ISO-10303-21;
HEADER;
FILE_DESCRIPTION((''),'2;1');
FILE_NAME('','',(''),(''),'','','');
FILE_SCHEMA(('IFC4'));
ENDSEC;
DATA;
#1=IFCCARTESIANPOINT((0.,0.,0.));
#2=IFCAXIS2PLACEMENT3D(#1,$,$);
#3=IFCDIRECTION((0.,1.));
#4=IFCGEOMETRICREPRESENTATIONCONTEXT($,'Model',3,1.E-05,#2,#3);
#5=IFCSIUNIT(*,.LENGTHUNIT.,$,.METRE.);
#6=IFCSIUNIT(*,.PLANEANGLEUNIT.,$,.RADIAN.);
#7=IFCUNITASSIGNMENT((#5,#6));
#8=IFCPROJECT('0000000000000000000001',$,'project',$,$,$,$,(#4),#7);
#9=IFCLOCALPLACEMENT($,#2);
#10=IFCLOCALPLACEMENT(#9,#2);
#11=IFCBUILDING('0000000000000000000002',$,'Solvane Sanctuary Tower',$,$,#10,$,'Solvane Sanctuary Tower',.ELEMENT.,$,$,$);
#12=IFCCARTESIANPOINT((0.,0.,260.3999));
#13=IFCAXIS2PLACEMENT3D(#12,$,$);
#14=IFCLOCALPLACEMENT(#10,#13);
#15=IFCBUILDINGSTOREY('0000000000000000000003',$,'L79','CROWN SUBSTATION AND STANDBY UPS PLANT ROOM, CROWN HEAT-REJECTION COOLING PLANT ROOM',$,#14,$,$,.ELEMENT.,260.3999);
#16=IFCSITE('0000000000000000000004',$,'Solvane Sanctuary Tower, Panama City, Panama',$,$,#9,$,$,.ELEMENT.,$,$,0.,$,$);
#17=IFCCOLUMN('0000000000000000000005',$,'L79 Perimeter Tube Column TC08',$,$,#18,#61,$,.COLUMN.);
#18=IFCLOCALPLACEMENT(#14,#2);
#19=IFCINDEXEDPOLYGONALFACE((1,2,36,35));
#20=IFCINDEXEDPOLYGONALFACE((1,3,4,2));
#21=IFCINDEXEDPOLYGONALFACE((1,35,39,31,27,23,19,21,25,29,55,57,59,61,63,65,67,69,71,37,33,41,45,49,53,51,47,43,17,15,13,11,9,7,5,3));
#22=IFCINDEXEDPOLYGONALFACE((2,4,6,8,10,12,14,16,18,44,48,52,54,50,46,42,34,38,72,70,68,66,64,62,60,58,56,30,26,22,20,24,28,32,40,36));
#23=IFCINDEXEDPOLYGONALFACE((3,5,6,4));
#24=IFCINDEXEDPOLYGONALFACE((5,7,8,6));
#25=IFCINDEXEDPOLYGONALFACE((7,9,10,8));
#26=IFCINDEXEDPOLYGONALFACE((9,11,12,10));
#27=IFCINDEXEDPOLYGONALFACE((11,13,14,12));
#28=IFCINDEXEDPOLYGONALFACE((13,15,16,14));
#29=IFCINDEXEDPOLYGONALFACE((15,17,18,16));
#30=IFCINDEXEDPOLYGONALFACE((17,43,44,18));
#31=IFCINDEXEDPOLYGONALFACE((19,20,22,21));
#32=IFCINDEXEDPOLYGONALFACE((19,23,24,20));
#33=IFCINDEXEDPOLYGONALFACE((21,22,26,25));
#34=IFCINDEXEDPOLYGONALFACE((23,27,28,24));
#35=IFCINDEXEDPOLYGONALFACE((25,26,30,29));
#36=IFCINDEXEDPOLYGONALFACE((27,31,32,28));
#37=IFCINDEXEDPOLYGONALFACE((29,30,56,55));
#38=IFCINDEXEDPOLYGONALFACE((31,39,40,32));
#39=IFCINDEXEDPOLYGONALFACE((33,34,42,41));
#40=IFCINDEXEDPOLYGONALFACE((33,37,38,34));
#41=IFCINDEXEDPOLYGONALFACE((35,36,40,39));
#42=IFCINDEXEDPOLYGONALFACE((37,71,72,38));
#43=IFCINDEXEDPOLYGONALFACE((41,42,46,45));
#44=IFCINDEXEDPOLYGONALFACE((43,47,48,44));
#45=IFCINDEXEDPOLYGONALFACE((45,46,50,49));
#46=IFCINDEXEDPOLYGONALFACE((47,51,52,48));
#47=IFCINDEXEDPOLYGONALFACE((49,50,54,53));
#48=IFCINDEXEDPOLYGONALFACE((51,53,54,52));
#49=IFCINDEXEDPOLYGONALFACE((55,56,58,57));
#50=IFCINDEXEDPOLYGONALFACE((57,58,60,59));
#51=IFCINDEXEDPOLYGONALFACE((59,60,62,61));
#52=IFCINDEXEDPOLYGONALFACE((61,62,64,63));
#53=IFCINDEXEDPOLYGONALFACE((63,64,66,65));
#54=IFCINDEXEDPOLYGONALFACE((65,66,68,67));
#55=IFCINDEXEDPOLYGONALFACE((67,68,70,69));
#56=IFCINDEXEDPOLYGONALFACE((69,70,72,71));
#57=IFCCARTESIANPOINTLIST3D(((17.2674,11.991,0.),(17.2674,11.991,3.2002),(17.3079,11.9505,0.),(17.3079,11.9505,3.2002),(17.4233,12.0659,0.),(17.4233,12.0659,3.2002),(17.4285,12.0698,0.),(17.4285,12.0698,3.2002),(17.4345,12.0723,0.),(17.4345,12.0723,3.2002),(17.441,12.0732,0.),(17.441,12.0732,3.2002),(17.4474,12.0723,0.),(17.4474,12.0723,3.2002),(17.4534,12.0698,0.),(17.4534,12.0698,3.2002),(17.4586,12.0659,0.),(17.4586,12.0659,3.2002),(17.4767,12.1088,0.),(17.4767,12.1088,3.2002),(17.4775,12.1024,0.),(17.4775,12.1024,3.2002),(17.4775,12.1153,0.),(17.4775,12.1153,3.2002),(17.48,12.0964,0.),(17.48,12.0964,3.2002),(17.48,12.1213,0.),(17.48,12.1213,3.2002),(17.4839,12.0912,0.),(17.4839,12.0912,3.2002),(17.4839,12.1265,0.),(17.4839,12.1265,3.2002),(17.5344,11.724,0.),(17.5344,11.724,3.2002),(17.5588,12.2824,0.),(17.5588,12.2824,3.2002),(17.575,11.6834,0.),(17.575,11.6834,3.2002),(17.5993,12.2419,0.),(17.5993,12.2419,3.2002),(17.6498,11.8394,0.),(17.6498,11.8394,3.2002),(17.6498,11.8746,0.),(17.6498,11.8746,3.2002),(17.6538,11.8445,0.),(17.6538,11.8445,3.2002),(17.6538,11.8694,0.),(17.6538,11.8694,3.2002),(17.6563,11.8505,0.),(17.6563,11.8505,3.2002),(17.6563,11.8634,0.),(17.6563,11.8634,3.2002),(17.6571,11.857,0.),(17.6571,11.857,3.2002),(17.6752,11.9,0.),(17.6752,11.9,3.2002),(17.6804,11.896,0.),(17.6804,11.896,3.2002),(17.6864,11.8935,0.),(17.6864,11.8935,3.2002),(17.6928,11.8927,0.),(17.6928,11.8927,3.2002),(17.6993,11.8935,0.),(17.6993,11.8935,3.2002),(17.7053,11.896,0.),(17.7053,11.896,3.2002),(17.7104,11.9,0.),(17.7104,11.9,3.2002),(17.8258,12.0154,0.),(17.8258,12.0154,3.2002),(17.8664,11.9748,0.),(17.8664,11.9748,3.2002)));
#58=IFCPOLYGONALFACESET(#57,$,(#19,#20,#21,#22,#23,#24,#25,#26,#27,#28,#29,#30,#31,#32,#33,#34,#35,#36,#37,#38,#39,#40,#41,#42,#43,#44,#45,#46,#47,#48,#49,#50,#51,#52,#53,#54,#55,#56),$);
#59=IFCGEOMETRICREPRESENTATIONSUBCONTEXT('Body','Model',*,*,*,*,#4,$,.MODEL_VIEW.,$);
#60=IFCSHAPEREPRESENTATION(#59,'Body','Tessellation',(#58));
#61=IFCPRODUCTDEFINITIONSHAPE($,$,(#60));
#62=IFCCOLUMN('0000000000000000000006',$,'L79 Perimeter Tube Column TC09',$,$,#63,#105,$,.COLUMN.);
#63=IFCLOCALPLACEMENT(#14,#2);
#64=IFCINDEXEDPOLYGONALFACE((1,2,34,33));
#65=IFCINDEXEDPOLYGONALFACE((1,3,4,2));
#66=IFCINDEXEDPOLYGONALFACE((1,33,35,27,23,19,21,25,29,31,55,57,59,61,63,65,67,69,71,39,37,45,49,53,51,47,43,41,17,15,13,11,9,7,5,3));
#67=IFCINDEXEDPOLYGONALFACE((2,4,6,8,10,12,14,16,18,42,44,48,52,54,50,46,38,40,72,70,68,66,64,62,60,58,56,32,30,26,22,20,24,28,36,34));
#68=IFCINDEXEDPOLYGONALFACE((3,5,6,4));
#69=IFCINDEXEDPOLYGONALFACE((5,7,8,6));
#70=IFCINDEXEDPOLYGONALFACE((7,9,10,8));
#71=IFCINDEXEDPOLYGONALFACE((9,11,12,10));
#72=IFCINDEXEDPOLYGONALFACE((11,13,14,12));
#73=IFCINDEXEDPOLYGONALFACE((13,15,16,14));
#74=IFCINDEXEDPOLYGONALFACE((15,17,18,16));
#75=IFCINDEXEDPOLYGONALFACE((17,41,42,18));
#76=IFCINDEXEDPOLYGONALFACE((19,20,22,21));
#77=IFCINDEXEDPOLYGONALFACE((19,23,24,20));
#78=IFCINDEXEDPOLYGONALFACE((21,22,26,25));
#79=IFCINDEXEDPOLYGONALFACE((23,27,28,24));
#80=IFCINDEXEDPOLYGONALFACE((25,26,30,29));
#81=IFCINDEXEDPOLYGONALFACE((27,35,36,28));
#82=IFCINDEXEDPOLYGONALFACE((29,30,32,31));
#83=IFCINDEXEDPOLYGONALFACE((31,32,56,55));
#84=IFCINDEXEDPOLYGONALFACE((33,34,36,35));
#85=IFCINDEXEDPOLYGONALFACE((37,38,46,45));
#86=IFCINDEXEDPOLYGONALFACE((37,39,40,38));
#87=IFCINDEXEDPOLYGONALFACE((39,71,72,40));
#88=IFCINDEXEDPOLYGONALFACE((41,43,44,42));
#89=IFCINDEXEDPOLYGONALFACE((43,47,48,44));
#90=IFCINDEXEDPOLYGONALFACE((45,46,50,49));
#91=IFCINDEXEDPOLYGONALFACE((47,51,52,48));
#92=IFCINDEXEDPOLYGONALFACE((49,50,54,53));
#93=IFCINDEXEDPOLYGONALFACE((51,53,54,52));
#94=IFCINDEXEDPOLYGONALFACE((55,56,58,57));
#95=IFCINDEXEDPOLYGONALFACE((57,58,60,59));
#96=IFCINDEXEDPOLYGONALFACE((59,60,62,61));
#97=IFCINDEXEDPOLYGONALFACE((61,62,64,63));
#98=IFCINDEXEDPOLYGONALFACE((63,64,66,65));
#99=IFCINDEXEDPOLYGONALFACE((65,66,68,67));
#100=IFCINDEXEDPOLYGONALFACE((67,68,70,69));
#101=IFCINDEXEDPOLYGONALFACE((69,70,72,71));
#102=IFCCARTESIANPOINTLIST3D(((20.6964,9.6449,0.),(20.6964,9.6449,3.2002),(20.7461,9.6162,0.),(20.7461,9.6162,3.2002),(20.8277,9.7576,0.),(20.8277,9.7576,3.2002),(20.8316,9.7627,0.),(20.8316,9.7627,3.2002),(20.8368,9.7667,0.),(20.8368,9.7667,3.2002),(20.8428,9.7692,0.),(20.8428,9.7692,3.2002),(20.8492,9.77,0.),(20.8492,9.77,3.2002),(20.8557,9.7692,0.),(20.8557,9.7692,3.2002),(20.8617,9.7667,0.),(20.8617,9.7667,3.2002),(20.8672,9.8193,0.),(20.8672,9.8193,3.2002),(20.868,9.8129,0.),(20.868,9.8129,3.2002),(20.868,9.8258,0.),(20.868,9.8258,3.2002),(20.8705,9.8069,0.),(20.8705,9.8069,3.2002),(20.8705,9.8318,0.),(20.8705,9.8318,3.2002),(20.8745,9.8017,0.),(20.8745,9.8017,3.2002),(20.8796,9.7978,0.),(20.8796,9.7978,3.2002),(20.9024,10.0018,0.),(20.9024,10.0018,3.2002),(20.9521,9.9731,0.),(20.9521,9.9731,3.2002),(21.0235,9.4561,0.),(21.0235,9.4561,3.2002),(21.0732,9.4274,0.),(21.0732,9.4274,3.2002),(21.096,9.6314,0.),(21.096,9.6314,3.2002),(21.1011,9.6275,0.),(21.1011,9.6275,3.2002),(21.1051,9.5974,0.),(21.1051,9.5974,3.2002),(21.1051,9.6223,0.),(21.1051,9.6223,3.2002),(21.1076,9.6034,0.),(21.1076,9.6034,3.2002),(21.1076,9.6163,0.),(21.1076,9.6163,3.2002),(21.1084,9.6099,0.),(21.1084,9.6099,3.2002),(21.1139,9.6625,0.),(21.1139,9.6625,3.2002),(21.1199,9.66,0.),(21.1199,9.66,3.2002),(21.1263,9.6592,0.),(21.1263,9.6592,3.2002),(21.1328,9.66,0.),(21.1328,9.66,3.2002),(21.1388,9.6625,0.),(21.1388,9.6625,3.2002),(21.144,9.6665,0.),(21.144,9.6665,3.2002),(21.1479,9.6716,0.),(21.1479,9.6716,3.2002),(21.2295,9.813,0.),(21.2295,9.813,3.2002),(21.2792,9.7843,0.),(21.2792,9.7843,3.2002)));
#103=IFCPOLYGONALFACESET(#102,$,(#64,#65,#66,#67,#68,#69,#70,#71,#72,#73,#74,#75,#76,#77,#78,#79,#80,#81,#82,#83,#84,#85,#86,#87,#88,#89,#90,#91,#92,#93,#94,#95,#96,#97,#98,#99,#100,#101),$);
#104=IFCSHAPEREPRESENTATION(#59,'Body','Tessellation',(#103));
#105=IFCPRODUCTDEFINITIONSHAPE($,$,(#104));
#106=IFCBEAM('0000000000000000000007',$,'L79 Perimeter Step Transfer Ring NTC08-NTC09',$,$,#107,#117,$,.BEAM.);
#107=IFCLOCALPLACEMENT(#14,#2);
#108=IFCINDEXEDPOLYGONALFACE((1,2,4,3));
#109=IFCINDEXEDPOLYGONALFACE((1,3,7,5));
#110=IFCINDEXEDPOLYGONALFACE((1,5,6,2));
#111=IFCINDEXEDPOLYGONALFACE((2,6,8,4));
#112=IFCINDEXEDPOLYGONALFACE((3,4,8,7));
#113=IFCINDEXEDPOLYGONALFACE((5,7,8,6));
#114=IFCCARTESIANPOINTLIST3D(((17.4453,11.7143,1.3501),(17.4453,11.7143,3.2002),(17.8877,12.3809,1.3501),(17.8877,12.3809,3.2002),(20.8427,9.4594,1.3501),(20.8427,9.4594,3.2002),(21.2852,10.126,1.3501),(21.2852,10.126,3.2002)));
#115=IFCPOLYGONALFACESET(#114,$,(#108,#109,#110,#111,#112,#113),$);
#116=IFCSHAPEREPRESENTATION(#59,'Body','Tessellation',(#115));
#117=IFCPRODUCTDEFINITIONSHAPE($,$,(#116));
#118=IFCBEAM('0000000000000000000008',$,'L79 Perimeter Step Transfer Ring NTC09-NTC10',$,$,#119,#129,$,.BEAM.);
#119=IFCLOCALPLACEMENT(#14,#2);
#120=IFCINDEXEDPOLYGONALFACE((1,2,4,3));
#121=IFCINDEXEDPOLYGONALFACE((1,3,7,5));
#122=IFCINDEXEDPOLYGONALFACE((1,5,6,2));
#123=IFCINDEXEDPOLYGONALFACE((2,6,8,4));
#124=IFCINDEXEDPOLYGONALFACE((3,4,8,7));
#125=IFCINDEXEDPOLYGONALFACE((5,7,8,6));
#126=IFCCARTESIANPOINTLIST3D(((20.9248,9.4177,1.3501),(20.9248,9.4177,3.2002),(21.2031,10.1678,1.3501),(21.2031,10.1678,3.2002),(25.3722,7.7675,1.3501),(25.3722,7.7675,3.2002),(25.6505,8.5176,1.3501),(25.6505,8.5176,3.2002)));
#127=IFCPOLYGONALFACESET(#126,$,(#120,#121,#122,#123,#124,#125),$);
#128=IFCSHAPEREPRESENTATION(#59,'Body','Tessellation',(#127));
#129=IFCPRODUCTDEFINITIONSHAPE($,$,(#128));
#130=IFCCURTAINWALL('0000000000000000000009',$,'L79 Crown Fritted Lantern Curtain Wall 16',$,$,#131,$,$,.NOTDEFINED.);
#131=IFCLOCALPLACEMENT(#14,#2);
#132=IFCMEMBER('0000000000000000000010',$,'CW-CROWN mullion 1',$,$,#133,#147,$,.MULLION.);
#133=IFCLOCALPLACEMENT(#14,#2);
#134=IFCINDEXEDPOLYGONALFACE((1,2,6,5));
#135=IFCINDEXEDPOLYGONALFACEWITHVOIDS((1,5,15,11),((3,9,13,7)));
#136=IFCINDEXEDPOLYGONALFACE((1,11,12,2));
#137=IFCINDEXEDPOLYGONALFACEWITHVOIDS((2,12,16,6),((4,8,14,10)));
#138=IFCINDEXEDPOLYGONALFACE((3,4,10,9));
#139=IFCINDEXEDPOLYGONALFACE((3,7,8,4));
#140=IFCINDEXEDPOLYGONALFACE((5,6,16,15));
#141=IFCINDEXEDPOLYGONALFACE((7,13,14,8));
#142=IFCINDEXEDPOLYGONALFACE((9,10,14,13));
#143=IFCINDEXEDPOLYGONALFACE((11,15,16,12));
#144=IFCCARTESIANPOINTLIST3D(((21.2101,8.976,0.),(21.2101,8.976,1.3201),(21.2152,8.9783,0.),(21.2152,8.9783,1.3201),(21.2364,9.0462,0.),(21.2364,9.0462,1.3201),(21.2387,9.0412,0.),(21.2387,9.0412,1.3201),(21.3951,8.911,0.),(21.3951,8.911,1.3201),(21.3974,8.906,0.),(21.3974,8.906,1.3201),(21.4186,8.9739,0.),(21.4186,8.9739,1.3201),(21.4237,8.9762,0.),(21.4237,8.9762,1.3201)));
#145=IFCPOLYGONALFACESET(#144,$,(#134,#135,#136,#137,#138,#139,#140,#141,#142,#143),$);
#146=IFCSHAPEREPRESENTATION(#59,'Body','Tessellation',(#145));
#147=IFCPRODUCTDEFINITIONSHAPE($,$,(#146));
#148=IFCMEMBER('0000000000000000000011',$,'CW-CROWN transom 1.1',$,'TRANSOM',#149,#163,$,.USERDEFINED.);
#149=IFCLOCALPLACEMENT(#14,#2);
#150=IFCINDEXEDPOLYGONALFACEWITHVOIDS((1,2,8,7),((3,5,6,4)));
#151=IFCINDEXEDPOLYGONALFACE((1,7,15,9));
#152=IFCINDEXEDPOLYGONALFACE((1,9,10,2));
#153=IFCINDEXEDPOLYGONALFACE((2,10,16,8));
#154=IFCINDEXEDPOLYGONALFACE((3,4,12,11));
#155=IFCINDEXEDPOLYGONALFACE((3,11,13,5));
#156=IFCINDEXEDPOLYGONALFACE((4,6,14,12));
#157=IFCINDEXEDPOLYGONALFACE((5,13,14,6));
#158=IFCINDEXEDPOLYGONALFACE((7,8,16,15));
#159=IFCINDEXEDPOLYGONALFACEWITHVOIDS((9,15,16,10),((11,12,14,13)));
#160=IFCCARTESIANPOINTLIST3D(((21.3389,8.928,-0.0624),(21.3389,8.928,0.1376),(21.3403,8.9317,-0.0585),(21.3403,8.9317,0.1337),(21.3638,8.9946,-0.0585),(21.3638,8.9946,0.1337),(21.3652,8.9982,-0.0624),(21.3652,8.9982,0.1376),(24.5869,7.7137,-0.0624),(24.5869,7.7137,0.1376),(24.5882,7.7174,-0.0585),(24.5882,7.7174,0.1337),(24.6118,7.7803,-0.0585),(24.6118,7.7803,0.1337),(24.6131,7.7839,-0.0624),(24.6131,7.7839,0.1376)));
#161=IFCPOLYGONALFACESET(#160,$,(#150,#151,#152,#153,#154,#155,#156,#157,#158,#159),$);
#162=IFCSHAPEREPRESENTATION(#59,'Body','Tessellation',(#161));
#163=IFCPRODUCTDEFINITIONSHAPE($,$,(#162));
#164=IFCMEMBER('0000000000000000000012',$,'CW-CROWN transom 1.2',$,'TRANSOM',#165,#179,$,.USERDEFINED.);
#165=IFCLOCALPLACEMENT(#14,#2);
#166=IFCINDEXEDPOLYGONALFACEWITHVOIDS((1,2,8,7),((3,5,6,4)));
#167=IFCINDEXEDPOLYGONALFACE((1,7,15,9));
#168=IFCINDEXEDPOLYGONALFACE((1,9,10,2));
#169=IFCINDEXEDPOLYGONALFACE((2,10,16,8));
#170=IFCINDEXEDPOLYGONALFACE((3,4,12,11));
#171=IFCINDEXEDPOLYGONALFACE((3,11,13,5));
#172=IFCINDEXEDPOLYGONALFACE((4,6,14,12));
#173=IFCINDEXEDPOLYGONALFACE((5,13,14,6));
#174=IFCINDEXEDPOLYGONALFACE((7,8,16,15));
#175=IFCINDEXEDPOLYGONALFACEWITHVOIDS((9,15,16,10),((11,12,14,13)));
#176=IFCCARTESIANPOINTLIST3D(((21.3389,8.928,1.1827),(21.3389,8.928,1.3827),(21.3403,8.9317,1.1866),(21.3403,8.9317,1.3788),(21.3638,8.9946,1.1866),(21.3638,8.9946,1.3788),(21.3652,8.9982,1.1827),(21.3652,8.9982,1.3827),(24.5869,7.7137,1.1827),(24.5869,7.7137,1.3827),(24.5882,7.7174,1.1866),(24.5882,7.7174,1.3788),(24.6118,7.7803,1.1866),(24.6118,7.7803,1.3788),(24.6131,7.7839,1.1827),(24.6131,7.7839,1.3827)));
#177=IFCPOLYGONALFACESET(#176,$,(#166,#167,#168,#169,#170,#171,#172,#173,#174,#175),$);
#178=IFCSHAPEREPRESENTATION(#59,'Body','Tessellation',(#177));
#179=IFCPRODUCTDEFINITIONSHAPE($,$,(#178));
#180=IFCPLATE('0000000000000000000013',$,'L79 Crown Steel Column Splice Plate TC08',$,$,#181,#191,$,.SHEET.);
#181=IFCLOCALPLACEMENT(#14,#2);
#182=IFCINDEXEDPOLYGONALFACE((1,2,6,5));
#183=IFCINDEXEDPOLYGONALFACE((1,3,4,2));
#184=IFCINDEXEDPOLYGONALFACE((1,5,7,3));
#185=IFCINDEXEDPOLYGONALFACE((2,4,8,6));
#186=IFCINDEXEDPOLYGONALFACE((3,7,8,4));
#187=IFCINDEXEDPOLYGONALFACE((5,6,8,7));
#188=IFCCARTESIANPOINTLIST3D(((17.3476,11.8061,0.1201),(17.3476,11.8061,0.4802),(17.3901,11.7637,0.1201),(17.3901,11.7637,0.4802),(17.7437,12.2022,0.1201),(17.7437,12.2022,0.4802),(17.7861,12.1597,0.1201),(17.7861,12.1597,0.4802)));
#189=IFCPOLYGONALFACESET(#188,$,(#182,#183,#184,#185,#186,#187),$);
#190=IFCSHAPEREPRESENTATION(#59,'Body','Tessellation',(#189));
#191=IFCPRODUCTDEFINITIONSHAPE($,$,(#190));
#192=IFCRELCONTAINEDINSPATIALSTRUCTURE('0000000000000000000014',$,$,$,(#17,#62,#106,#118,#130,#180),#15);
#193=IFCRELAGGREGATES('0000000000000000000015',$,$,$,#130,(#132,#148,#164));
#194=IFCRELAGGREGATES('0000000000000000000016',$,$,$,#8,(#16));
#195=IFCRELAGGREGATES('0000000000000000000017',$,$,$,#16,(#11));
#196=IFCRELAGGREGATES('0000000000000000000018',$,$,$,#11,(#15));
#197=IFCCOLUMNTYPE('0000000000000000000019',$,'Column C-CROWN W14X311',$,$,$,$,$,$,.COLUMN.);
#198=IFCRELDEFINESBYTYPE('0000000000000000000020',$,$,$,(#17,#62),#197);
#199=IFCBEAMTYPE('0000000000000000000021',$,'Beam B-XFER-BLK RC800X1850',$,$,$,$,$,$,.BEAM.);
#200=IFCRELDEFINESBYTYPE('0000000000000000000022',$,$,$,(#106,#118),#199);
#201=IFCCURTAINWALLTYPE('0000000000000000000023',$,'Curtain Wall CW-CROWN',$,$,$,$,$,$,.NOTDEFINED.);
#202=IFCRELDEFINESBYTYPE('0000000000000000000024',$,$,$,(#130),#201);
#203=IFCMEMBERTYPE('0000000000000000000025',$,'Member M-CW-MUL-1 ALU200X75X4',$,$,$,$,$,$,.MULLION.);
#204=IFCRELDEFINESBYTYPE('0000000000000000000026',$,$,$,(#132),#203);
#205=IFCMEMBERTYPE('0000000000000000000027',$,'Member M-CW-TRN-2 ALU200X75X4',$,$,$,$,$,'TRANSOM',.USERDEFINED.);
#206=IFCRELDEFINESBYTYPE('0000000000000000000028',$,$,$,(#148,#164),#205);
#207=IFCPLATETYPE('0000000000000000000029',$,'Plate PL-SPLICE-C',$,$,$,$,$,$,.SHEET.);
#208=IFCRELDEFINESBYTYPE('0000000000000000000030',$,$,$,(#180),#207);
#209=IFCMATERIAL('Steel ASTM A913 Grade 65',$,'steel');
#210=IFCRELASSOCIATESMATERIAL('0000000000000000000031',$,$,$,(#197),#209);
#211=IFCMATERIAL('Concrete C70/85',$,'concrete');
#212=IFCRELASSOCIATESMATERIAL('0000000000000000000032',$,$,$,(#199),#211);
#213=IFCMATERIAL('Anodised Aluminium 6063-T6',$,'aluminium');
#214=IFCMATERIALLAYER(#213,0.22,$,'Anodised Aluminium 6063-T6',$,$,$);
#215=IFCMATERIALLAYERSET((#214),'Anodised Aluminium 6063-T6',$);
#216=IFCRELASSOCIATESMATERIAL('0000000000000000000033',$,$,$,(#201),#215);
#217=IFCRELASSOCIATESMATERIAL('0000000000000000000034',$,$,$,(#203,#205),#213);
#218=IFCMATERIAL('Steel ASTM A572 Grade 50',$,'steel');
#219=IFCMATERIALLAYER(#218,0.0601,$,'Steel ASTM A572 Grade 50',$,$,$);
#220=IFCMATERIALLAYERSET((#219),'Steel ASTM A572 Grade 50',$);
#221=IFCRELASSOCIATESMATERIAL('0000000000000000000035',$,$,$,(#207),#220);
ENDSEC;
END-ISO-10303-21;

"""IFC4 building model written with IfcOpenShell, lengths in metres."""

from ifc_helpers import new_model, si_unit, direction, frame, origin, origin_2d, place, context, subcontext, project, spatial, rectangle, hollow_rectangle, i_section, extrude, material, layer, layer_set, material_profile, profile_set, type_object, element, aggregate, save


model = new_model("IFC4")

# Units and contexts
model_context = context("Model", 3, precision=1e-05, world=origin(), true_north=direction((0.0, 1.0)))
body_context = subcontext(model_context, "Body", "Model", "MODEL_VIEW")
ifc_project = project(units=[si_unit("LENGTHUNIT", "METRE"), si_unit("PLANEANGLEUNIT", "RADIAN")], contexts=[model_context])

# Site, building, storey
site_placement = place(None, origin())
site = spatial("IfcSite", under=ifc_project, at=site_placement, Name="Solvane Sanctuary Tower, Panama City, Panama", CompositionType="ELEMENT", RefElevation=0.0)
building_placement = place(site_placement, origin())
building = spatial("IfcBuilding", under=site, at=building_placement, Name="Solvane Sanctuary Tower", LongName="Solvane Sanctuary Tower", CompositionType="ELEMENT")
storey_placement = place(building_placement, frame((0.0, 0.0, 260.3999)))
storey = spatial("IfcBuildingStorey", under=building, at=storey_placement, Name="L79", Description="CROWN SUBSTATION AND STANDBY UPS PLANT ROOM, CROWN HEAT-REJECTION COOLING PLANT ROOM", CompositionType="ELEMENT", Elevation=260.3999)

# Columns
ifc_material_1 = material(Name="Steel ASTM A913 Grade 65", Category="steel")
ifc_material_profile_1 = material_profile(ifc_material_1, i_section(OverallWidth=0.4121, OverallDepth=0.4351, WebThickness=0.0359, FlangeThickness=0.0574, FilletRadius=0.0249, at=origin_2d()), Name="W14X311")
ifc_profile_set_1 = profile_set([ifc_material_profile_1], Name="Steel ASTM A913 Grade 65")
column_type = type_object("IfcColumnType", Name="Column C-CROWN W14X311", PredefinedType="COLUMN", material=ifc_profile_set_1)
for number, where, z_axis, x_axis, name in (
    (1, (17.5669, 11.9829, 0.0), (0.0, 0.0, 1.0), (-0.707107, -0.707107, 0.0), "L79 Perimeter Tube Column TC08"),
    (2, (20.9878, 9.7146, 0.0), (0.0, 0.0, 1.0), (-0.5, -0.866025, 0.0), "L79 Perimeter Tube Column TC09"),
):
    element("IfcColumn", number, at=place(storey_placement, frame(where, z_axis=z_axis, x_axis=x_axis)), inside=storey, type_object=column_type, Name=name, PredefinedType="COLUMN", context=body_context, shape_type="SweptSolid", body=[
        extrude(i_section(OverallWidth=0.4121, OverallDepth=0.4351, WebThickness=0.0359, FlangeThickness=0.0574, FilletRadius=0.0249, at=origin_2d()), origin(), (0.0, 0.0, 1.0), 3.2002),
    ])

# Beams
ifc_material_2 = material(Name="Concrete C70/85", Category="concrete")
ifc_material_profile_2 = material_profile(ifc_material_2, rectangle(XDim=0.8, YDim=1.8501, at=origin_2d()), Name="RC800X1850")
ifc_profile_set_2 = profile_set([ifc_material_profile_2], Name="Concrete C70/85")
beam_type = type_object("IfcBeamType", Name="Beam B-XFER-BLK RC800X1850", PredefinedType="BEAM", material=ifc_profile_set_2)
beam_1_placement = place(storey_placement, frame((17.6665, 12.0476, 2.2751), z_axis=(0.833191, -0.552986, 0.0), x_axis=(0.552986, 0.833191, 0.0)))
element("IfcBeam", 3, at=beam_1_placement, inside=storey, type_object=beam_type, Name="L79 Perimeter Step Transfer Ring NTC08-NTC09", PredefinedType="BEAM", context=body_context, shape_type="SweptSolid", body=[
    extrude(rectangle(XDim=0.8, YDim=1.8501, at=origin_2d()), origin(), (0.0, 0.0, 1.0), 4.0776),
])
beam_2_placement = place(storey_placement, frame((21.064, 9.7927, 2.2751), z_axis=(0.937542, -0.347872, 0.0), x_axis=(0.347872, 0.937542, 0.0)))
element("IfcBeam", 4, at=beam_2_placement, inside=storey, type_object=beam_type, Name="L79 Perimeter Step Transfer Ring NTC09-NTC10", PredefinedType="BEAM", context=body_context, shape_type="SweptSolid", body=[
    extrude(rectangle(XDim=0.8, YDim=1.8501, at=origin_2d()), origin(), (0.0, 0.0, 1.0), 4.7437),
])

# Curtain wall, members
ifc_material_3 = material(Name="Anodised Aluminium 6063-T6", Category="aluminium")
ifc_layer_1 = layer(ifc_material_3, 0.22, Name="Anodised Aluminium 6063-T6")
ifc_layer_set_1 = layer_set([ifc_layer_1], Name="Anodised Aluminium 6063-T6")
curtain_wall_type = type_object("IfcCurtainWallType", Name="Curtain Wall CW-CROWN", PredefinedType="NOTDEFINED", material=ifc_layer_set_1)
curtain_wall_placement = place(storey_placement, origin())
curtain_wall = element("IfcCurtainWall", 5, at=curtain_wall_placement, inside=storey, type_object=curtain_wall_type, Name="L79 Crown Fritted Lantern Curtain Wall 16", PredefinedType="NOTDEFINED")
ifc_material_profile_3 = material_profile(ifc_material_3, hollow_rectangle(XDim=0.075, YDim=0.2, WallThickness=0.0039, at=origin_2d()), Name="ALU200X75X4")
ifc_profile_set_3 = profile_set([ifc_material_profile_3], Name="Anodised Aluminium 6063-T6")
member_type_1 = type_object("IfcMemberType", Name="Member M-CW-MUL-1 ALU200X75X4", PredefinedType="MULLION", material=ifc_profile_set_3)
member_1_placement = place(storey_placement, frame((21.3169, 8.9761, 0.0), z_axis=(0.0, 0.0, 1.0), x_axis=(0.350163, 0.936689, 0.0)))
member_1 = element("IfcMember", 6, at=member_1_placement, type_object=member_type_1, Name="CW-CROWN mullion 1", PredefinedType="MULLION", context=body_context, shape_type="SweptSolid", body=[
    extrude(hollow_rectangle(XDim=0.075, YDim=0.2, WallThickness=0.0039, at=origin_2d()), origin(), (0.0, 0.0, 1.0), 1.3201),
])
ifc_material_profile_4 = material_profile(ifc_material_3, hollow_rectangle(XDim=0.075, YDim=0.2, WallThickness=0.0039, at=origin_2d()), Name="ALU200X75X4")
ifc_profile_set_4 = profile_set([ifc_material_profile_4], Name="Anodised Aluminium 6063-T6")
member_type_2 = type_object("IfcMemberType", Name="Member M-CW-TRN-2 ALU200X75X4", ElementType="TRANSOM", PredefinedType="USERDEFINED", material=ifc_profile_set_4)
member_2_placement = place(storey_placement, frame((21.3521, 8.9631, 0.0376), z_axis=(0.936676, -0.350197, 0.0), x_axis=(0.350197, 0.936676, 0.0)))
member_2 = element("IfcMember", 7, at=member_2_placement, type_object=member_type_2, Name="CW-CROWN transom 1.1", ObjectType="TRANSOM", PredefinedType="USERDEFINED", context=body_context, shape_type="SweptSolid", body=[
    extrude(hollow_rectangle(XDim=0.075, YDim=0.2, WallThickness=0.0039, at=origin_2d()), origin(), (0.0, 0.0, 1.0), 3.4675),
])
member_3_placement = place(storey_placement, frame((21.3521, 8.9631, 1.2827), z_axis=(0.936676, -0.350197, 0.0), x_axis=(0.350197, 0.936676, 0.0)))
member_3 = element("IfcMember", 8, at=member_3_placement, type_object=member_type_2, Name="CW-CROWN transom 1.2", ObjectType="TRANSOM", PredefinedType="USERDEFINED", context=body_context, shape_type="SweptSolid", body=[
    extrude(hollow_rectangle(XDim=0.075, YDim=0.2, WallThickness=0.0039, at=origin_2d()), origin(), (0.0, 0.0, 1.0), 3.4675),
])
aggregate(curtain_wall, [member_1, member_2, member_3])

# Plate
ifc_material_4 = material(Name="Steel ASTM A572 Grade 50", Category="steel")
ifc_layer_2 = layer(ifc_material_4, 0.0601, Name="Steel ASTM A572 Grade 50")
ifc_layer_set_2 = layer_set([ifc_layer_2], Name="Steel ASTM A572 Grade 50")
plate_type = type_object("IfcPlateType", Name="Plate PL-SPLICE-C", PredefinedType="SHEET", material=ifc_layer_set_2)
plate_placement = place(storey_placement, frame((17.5669, 11.9829, 0.1201), z_axis=(0.0, 0.0, 1.0), x_axis=(-0.707107, -0.707107, 0.0)))
element("IfcPlate", 9, at=plate_placement, inside=storey, type_object=plate_type, Name="L79 Crown Steel Column Splice Plate TC08", PredefinedType="SHEET", context=body_context, shape_type="SweptSolid", body=[
    extrude(rectangle(XDim=0.5601, YDim=0.0601, at=origin_2d()), origin(), (0.0, 0.0, 1.0), 0.3601),
])

save(model, "model.ifc")
